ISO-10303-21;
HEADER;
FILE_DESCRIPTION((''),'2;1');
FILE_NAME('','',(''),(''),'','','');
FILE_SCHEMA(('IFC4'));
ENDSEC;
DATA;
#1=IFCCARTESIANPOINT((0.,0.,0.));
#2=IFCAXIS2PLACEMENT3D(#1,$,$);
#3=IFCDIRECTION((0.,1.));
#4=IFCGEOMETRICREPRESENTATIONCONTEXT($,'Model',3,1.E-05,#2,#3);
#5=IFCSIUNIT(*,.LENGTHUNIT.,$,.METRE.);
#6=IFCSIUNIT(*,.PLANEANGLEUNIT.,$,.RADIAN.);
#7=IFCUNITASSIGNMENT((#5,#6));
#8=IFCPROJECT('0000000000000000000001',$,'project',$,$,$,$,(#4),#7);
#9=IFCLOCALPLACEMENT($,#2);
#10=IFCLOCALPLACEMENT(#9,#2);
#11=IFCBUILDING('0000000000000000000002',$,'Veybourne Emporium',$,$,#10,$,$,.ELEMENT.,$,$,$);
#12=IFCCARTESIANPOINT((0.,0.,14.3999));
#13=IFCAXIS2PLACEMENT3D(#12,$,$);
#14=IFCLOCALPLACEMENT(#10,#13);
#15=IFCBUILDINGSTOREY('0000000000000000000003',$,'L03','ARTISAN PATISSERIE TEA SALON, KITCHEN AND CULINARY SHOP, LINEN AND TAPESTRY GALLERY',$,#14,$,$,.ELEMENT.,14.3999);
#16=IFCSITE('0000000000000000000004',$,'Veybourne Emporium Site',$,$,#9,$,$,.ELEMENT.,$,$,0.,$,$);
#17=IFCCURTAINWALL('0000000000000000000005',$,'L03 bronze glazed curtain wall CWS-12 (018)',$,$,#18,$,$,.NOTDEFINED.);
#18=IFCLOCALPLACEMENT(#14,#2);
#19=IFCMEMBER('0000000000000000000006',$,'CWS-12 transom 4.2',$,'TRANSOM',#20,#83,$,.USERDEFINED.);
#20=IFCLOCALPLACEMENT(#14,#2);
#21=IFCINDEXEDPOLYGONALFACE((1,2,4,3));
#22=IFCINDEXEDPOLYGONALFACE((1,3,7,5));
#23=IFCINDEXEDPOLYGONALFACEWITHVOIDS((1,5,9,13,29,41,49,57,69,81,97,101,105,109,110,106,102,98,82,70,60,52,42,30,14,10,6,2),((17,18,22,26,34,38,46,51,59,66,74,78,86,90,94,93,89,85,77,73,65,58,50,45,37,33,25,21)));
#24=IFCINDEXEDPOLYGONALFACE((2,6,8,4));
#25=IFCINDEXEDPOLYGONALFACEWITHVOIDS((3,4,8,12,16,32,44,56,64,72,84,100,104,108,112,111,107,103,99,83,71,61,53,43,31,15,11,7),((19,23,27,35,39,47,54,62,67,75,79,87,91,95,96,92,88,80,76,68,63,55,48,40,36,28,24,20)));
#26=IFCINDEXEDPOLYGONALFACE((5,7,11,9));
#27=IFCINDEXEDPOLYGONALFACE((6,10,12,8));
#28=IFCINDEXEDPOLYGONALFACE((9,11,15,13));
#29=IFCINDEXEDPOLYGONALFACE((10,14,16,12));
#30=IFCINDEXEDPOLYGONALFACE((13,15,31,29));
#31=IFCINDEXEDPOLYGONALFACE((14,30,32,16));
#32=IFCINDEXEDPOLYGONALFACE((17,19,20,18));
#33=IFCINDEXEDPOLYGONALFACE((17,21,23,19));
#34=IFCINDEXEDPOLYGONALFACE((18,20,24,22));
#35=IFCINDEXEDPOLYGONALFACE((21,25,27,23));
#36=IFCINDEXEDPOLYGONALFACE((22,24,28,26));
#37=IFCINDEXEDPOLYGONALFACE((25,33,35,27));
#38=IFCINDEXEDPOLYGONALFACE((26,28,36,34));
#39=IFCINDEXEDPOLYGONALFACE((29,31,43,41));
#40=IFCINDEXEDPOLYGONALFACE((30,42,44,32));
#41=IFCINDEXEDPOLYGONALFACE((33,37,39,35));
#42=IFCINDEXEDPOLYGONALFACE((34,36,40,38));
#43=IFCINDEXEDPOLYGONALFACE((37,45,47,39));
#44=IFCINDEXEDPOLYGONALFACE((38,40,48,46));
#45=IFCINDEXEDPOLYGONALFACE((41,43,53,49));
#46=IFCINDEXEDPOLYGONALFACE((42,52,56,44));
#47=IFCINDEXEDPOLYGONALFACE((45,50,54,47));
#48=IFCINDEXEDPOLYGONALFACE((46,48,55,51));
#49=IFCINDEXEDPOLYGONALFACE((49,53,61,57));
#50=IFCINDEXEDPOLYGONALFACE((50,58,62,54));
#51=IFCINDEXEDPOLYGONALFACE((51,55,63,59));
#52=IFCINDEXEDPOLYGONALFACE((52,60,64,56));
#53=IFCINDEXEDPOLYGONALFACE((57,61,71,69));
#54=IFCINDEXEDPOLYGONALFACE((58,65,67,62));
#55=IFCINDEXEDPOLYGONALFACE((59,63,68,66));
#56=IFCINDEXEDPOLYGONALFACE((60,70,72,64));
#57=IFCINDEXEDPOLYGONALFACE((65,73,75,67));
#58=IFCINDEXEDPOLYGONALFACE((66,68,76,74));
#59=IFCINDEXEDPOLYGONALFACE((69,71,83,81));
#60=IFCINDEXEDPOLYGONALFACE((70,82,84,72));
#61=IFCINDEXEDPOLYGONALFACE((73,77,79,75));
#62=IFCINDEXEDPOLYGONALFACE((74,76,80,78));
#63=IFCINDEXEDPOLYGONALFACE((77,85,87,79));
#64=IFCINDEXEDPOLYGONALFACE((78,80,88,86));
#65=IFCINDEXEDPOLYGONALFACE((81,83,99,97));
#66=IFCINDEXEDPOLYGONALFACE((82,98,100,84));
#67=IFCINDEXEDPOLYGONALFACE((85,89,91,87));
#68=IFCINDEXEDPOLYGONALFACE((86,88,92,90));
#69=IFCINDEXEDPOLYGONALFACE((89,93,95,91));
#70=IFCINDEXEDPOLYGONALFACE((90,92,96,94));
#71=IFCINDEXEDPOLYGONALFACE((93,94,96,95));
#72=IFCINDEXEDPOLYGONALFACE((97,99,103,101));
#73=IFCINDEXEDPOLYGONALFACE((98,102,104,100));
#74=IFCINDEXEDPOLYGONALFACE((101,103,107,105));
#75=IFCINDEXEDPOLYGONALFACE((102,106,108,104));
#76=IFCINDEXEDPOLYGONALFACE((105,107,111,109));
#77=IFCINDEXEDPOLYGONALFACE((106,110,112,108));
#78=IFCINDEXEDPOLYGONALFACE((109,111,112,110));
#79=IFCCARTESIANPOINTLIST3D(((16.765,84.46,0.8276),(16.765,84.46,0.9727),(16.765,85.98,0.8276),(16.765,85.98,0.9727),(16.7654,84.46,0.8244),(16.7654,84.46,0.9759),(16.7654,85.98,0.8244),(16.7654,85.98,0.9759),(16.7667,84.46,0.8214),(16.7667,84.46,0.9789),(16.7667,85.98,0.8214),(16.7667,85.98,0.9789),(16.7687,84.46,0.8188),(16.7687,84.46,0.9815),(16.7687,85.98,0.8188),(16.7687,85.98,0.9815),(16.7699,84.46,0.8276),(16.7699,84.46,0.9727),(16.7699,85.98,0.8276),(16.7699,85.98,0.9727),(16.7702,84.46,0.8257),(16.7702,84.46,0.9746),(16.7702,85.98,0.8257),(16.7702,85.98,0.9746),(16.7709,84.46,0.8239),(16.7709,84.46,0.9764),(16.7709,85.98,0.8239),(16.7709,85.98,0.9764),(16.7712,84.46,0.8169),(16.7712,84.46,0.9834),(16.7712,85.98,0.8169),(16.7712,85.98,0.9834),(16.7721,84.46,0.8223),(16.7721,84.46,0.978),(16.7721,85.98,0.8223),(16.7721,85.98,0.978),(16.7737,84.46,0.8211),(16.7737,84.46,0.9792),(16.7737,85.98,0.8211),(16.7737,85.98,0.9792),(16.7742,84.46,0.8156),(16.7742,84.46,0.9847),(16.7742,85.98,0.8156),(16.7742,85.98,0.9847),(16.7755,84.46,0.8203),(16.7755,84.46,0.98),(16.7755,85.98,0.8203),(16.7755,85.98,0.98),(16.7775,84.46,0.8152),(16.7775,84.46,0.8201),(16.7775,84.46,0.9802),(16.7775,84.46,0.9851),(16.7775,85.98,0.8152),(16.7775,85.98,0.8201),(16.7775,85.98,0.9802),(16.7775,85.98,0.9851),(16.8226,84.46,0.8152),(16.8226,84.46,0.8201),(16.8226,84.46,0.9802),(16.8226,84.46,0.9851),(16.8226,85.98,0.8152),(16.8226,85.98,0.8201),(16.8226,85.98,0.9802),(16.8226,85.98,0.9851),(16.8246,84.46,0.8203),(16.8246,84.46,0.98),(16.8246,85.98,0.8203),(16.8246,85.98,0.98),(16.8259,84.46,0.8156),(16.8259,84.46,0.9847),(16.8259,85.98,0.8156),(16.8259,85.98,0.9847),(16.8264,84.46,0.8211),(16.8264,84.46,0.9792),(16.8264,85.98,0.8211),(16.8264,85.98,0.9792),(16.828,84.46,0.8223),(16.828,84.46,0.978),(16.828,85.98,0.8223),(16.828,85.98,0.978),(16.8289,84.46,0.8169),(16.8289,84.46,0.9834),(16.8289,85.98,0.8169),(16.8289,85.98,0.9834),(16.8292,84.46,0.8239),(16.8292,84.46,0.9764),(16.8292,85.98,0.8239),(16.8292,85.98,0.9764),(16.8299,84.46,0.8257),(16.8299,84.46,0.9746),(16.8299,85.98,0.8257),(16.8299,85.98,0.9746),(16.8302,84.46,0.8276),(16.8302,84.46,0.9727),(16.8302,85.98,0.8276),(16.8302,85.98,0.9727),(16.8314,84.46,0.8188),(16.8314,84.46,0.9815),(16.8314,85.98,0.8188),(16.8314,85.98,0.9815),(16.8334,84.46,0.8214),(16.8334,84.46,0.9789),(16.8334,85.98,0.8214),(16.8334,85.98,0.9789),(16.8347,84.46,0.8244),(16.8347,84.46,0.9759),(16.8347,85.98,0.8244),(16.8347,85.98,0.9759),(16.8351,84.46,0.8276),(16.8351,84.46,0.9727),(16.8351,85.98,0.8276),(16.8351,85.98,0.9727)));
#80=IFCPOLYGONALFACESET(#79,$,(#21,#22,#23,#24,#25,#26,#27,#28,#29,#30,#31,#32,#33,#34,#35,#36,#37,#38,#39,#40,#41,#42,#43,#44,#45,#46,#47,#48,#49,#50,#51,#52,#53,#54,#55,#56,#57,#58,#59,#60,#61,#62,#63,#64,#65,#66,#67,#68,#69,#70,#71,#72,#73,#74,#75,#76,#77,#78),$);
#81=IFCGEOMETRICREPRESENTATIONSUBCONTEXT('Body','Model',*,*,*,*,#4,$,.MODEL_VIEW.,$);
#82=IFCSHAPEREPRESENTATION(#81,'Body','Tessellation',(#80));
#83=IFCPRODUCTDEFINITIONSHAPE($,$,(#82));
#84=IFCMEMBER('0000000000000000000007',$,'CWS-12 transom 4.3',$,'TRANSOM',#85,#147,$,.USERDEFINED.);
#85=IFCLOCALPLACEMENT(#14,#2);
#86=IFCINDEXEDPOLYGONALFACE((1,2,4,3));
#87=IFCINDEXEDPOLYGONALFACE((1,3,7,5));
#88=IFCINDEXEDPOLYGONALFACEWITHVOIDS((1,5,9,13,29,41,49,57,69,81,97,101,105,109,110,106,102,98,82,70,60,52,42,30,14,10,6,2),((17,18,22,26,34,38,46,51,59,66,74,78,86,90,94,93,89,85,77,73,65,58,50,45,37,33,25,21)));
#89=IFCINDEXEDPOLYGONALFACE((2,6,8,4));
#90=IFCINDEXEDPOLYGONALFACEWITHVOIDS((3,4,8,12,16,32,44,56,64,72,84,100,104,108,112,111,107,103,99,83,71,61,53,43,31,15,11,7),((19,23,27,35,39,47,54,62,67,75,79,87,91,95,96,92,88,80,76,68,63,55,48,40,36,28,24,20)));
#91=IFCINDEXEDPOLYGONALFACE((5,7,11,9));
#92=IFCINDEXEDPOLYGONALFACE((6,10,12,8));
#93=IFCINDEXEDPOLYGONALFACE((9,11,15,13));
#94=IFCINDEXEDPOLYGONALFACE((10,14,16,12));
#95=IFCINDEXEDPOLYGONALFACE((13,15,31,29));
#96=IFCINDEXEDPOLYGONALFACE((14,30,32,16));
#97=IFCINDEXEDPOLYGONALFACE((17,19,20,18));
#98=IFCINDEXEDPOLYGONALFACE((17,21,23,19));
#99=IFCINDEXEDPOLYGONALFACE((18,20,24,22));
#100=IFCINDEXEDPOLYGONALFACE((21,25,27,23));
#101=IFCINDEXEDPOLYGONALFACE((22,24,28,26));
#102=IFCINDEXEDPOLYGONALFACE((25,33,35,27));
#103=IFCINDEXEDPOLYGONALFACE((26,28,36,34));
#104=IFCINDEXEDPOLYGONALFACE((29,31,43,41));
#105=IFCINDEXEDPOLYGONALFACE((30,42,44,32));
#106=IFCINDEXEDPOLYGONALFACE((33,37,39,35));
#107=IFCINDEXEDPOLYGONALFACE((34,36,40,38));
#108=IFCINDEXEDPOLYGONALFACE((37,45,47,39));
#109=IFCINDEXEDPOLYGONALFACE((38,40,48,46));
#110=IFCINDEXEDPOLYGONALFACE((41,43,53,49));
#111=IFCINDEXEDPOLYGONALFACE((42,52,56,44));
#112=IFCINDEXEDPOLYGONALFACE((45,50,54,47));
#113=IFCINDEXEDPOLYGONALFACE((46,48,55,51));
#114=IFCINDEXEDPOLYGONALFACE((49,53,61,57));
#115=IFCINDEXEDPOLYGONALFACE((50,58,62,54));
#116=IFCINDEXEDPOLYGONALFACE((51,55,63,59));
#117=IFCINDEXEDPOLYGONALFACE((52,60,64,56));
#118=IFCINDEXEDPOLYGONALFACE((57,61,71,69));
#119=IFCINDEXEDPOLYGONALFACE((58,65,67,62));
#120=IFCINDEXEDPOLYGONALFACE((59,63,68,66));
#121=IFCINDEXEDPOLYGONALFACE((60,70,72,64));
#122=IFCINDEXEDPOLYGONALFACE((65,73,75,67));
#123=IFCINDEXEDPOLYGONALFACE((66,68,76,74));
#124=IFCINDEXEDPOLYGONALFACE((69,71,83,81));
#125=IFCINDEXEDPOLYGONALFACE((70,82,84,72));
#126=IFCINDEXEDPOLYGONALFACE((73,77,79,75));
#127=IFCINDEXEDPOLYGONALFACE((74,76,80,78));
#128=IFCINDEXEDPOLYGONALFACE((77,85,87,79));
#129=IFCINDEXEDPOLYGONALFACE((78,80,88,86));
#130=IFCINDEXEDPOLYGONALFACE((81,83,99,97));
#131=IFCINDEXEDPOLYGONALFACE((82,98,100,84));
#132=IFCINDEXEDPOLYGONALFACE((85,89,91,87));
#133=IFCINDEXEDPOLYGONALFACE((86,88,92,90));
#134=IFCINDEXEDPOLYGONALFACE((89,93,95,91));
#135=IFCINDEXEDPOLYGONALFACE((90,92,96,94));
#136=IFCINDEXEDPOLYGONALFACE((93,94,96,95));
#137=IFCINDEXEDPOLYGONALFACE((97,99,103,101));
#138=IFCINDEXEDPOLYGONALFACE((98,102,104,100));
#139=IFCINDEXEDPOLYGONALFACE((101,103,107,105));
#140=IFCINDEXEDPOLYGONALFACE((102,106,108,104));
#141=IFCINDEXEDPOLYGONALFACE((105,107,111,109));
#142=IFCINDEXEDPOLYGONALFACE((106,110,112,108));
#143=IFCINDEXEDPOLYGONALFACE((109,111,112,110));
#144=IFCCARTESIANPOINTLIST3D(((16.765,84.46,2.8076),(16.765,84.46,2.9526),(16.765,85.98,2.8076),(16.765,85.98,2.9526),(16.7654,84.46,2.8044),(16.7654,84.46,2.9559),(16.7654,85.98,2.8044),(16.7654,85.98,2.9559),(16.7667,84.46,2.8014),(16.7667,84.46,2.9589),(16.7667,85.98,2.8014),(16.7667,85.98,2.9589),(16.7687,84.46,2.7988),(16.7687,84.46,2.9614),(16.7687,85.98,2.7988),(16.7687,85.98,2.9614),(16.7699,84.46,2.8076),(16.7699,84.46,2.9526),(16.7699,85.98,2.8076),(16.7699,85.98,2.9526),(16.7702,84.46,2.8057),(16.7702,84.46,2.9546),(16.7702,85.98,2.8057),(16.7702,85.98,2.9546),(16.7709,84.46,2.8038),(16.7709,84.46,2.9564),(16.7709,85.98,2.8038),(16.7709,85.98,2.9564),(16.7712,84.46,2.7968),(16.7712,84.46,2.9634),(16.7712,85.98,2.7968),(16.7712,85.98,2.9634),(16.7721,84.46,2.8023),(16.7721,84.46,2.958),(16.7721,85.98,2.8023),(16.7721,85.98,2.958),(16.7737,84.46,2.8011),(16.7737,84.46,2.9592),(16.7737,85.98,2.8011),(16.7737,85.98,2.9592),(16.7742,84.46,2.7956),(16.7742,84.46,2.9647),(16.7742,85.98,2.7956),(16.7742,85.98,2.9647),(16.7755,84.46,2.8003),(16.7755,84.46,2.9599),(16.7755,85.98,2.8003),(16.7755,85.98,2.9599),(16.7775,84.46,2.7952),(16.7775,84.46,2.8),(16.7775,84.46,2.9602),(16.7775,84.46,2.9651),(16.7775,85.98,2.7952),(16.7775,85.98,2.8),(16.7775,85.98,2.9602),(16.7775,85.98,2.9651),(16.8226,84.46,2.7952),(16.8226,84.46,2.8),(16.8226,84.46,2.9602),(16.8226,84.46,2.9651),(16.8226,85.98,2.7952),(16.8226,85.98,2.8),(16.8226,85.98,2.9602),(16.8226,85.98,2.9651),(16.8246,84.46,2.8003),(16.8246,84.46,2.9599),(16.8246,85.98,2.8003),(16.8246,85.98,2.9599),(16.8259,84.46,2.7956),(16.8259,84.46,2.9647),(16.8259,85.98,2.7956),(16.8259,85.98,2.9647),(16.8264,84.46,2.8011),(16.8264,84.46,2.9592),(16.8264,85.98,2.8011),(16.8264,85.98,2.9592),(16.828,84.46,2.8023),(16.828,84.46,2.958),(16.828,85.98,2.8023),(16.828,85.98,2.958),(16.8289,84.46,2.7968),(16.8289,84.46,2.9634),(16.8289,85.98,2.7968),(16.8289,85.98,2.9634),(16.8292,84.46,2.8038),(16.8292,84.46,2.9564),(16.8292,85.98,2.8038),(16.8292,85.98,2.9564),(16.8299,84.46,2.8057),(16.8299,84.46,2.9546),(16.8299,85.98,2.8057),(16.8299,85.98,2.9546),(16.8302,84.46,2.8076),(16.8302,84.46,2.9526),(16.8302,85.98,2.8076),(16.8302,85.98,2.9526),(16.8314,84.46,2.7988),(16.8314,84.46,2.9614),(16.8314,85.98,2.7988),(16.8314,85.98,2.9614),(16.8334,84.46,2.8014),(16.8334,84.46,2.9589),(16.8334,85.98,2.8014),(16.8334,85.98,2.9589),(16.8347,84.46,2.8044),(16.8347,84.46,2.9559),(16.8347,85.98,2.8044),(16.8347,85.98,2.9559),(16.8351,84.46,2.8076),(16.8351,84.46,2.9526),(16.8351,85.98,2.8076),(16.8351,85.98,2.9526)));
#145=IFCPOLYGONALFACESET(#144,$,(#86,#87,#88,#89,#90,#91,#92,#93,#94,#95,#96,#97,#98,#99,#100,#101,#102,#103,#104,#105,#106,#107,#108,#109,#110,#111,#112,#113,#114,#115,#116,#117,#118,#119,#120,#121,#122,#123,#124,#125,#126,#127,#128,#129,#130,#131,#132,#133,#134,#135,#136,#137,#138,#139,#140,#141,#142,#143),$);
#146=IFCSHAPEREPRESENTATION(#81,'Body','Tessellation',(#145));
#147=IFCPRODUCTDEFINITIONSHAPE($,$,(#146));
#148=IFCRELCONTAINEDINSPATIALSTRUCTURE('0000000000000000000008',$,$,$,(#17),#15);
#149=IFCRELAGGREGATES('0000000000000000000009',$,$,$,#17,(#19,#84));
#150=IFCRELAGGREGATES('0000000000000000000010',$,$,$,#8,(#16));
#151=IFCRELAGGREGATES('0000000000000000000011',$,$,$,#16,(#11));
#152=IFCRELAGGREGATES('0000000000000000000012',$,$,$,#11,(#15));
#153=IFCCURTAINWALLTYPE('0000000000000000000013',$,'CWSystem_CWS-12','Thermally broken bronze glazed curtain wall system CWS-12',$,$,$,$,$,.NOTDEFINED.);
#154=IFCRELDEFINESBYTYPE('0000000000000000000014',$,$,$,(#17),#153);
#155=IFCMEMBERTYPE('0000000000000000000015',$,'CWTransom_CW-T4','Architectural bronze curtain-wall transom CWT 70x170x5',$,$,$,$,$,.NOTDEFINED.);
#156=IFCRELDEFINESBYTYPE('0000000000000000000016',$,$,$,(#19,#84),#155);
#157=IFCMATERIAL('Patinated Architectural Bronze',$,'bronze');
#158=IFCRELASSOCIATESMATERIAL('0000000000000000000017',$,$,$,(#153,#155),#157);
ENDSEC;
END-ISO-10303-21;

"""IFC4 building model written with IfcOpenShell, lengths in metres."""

from ifc_helpers import new_model, si_unit, direction, frame, origin, origin_2d, place, context, subcontext, project, spatial, hollow_rectangle, extrude, material, material_profile, profile_set, type_object, element, aggregate, save


model = new_model("IFC4")

# Units and contexts
model_context = context("Model", 3, precision=1e-05, world=origin(), true_north=direction((0.0, 1.0)))
body_context = subcontext(model_context, "Body", "Model", "MODEL_VIEW")
ifc_project = project(units=[si_unit("LENGTHUNIT", "METRE"), si_unit("PLANEANGLEUNIT", "RADIAN")], contexts=[model_context])

# Site, building, storey
site_placement = place(None, origin())
site = spatial("IfcSite", under=ifc_project, at=site_placement, Name="Veybourne Emporium Site", CompositionType="ELEMENT", RefElevation=0.0)
building_placement = place(site_placement, origin())
building = spatial("IfcBuilding", under=site, at=building_placement, Name="Veybourne Emporium", CompositionType="ELEMENT")
storey_placement = place(building_placement, frame((0.0, 0.0, 14.3999)))
storey = spatial("IfcBuildingStorey", under=building, at=storey_placement, Name="L03", Description="ARTISAN PATISSERIE TEA SALON, KITCHEN AND CULINARY SHOP, LINEN AND TAPESTRY GALLERY", CompositionType="ELEMENT", Elevation=14.3999)

# Curtain wall, members
ifc_material_1 = material(Name="Patinated Architectural Bronze", Category="bronze")
curtain_wall_type = type_object("IfcCurtainWallType", Name="CWSystem_CWS-12", Description="Thermally broken bronze glazed curtain wall system CWS-12", PredefinedType="NOTDEFINED", material=ifc_material_1)
curtain_wall_placement = place(storey_placement, origin())
curtain_wall = element("IfcCurtainWall", 1, at=curtain_wall_placement, inside=storey, type_object=curtain_wall_type, Name="L03 bronze glazed curtain wall CWS-12 (018)", PredefinedType="NOTDEFINED")
ifc_material_profile_1 = material_profile(ifc_material_1, hollow_rectangle(XDim=0.0701, YDim=0.1699, WallThickness=0.0049, InnerFilletRadius=0.0076, OuterFilletRadius=0.0125, at=origin_2d()), Name="CWT 70x170x5")
ifc_profile_set_1 = profile_set([ifc_material_profile_1], Name="Patinated Architectural Bronze")
member_type_1 = type_object("IfcMemberType", Name="CWTransom_CW-T4", Description="Architectural bronze curtain-wall transom CWT 70x170x5", PredefinedType="NOTDEFINED", material=ifc_profile_set_1)
member_1_placement = place(storey_placement, frame((16.8, 84.46, 0.9001), z_axis=(0.0, 1.0, 0.0), x_axis=(-1.0, 0.0, 0.0)))
member_1 = element("IfcMember", 2, at=member_1_placement, type_object=member_type_1, Name="CWS-12 transom 4.2", ObjectType="TRANSOM", PredefinedType="USERDEFINED", context=body_context, shape_type="SweptSolid", body=[
    extrude(hollow_rectangle(XDim=0.0701, YDim=0.1699, WallThickness=0.0049, InnerFilletRadius=0.0076, OuterFilletRadius=0.0125, at=origin_2d()), origin(), (0.0, 0.0, 1.0), 1.52),
])
member_2_placement = place(storey_placement, frame((16.8, 84.46, 2.8801), z_axis=(0.0, 1.0, 0.0), x_axis=(-1.0, 0.0, 0.0)))
member_2 = element("IfcMember", 3, at=member_2_placement, type_object=member_type_1, Name="CWS-12 transom 4.3", ObjectType="TRANSOM", PredefinedType="USERDEFINED", context=body_context, shape_type="SweptSolid", body=[
    extrude(hollow_rectangle(XDim=0.0701, YDim=0.1699, WallThickness=0.0049, InnerFilletRadius=0.0076, OuterFilletRadius=0.0125, at=origin_2d()), origin(), (0.0, 0.0, 1.0), 1.52),
])

aggregate(curtain_wall, [member_1, member_2])

save(model, "model.ifc")
